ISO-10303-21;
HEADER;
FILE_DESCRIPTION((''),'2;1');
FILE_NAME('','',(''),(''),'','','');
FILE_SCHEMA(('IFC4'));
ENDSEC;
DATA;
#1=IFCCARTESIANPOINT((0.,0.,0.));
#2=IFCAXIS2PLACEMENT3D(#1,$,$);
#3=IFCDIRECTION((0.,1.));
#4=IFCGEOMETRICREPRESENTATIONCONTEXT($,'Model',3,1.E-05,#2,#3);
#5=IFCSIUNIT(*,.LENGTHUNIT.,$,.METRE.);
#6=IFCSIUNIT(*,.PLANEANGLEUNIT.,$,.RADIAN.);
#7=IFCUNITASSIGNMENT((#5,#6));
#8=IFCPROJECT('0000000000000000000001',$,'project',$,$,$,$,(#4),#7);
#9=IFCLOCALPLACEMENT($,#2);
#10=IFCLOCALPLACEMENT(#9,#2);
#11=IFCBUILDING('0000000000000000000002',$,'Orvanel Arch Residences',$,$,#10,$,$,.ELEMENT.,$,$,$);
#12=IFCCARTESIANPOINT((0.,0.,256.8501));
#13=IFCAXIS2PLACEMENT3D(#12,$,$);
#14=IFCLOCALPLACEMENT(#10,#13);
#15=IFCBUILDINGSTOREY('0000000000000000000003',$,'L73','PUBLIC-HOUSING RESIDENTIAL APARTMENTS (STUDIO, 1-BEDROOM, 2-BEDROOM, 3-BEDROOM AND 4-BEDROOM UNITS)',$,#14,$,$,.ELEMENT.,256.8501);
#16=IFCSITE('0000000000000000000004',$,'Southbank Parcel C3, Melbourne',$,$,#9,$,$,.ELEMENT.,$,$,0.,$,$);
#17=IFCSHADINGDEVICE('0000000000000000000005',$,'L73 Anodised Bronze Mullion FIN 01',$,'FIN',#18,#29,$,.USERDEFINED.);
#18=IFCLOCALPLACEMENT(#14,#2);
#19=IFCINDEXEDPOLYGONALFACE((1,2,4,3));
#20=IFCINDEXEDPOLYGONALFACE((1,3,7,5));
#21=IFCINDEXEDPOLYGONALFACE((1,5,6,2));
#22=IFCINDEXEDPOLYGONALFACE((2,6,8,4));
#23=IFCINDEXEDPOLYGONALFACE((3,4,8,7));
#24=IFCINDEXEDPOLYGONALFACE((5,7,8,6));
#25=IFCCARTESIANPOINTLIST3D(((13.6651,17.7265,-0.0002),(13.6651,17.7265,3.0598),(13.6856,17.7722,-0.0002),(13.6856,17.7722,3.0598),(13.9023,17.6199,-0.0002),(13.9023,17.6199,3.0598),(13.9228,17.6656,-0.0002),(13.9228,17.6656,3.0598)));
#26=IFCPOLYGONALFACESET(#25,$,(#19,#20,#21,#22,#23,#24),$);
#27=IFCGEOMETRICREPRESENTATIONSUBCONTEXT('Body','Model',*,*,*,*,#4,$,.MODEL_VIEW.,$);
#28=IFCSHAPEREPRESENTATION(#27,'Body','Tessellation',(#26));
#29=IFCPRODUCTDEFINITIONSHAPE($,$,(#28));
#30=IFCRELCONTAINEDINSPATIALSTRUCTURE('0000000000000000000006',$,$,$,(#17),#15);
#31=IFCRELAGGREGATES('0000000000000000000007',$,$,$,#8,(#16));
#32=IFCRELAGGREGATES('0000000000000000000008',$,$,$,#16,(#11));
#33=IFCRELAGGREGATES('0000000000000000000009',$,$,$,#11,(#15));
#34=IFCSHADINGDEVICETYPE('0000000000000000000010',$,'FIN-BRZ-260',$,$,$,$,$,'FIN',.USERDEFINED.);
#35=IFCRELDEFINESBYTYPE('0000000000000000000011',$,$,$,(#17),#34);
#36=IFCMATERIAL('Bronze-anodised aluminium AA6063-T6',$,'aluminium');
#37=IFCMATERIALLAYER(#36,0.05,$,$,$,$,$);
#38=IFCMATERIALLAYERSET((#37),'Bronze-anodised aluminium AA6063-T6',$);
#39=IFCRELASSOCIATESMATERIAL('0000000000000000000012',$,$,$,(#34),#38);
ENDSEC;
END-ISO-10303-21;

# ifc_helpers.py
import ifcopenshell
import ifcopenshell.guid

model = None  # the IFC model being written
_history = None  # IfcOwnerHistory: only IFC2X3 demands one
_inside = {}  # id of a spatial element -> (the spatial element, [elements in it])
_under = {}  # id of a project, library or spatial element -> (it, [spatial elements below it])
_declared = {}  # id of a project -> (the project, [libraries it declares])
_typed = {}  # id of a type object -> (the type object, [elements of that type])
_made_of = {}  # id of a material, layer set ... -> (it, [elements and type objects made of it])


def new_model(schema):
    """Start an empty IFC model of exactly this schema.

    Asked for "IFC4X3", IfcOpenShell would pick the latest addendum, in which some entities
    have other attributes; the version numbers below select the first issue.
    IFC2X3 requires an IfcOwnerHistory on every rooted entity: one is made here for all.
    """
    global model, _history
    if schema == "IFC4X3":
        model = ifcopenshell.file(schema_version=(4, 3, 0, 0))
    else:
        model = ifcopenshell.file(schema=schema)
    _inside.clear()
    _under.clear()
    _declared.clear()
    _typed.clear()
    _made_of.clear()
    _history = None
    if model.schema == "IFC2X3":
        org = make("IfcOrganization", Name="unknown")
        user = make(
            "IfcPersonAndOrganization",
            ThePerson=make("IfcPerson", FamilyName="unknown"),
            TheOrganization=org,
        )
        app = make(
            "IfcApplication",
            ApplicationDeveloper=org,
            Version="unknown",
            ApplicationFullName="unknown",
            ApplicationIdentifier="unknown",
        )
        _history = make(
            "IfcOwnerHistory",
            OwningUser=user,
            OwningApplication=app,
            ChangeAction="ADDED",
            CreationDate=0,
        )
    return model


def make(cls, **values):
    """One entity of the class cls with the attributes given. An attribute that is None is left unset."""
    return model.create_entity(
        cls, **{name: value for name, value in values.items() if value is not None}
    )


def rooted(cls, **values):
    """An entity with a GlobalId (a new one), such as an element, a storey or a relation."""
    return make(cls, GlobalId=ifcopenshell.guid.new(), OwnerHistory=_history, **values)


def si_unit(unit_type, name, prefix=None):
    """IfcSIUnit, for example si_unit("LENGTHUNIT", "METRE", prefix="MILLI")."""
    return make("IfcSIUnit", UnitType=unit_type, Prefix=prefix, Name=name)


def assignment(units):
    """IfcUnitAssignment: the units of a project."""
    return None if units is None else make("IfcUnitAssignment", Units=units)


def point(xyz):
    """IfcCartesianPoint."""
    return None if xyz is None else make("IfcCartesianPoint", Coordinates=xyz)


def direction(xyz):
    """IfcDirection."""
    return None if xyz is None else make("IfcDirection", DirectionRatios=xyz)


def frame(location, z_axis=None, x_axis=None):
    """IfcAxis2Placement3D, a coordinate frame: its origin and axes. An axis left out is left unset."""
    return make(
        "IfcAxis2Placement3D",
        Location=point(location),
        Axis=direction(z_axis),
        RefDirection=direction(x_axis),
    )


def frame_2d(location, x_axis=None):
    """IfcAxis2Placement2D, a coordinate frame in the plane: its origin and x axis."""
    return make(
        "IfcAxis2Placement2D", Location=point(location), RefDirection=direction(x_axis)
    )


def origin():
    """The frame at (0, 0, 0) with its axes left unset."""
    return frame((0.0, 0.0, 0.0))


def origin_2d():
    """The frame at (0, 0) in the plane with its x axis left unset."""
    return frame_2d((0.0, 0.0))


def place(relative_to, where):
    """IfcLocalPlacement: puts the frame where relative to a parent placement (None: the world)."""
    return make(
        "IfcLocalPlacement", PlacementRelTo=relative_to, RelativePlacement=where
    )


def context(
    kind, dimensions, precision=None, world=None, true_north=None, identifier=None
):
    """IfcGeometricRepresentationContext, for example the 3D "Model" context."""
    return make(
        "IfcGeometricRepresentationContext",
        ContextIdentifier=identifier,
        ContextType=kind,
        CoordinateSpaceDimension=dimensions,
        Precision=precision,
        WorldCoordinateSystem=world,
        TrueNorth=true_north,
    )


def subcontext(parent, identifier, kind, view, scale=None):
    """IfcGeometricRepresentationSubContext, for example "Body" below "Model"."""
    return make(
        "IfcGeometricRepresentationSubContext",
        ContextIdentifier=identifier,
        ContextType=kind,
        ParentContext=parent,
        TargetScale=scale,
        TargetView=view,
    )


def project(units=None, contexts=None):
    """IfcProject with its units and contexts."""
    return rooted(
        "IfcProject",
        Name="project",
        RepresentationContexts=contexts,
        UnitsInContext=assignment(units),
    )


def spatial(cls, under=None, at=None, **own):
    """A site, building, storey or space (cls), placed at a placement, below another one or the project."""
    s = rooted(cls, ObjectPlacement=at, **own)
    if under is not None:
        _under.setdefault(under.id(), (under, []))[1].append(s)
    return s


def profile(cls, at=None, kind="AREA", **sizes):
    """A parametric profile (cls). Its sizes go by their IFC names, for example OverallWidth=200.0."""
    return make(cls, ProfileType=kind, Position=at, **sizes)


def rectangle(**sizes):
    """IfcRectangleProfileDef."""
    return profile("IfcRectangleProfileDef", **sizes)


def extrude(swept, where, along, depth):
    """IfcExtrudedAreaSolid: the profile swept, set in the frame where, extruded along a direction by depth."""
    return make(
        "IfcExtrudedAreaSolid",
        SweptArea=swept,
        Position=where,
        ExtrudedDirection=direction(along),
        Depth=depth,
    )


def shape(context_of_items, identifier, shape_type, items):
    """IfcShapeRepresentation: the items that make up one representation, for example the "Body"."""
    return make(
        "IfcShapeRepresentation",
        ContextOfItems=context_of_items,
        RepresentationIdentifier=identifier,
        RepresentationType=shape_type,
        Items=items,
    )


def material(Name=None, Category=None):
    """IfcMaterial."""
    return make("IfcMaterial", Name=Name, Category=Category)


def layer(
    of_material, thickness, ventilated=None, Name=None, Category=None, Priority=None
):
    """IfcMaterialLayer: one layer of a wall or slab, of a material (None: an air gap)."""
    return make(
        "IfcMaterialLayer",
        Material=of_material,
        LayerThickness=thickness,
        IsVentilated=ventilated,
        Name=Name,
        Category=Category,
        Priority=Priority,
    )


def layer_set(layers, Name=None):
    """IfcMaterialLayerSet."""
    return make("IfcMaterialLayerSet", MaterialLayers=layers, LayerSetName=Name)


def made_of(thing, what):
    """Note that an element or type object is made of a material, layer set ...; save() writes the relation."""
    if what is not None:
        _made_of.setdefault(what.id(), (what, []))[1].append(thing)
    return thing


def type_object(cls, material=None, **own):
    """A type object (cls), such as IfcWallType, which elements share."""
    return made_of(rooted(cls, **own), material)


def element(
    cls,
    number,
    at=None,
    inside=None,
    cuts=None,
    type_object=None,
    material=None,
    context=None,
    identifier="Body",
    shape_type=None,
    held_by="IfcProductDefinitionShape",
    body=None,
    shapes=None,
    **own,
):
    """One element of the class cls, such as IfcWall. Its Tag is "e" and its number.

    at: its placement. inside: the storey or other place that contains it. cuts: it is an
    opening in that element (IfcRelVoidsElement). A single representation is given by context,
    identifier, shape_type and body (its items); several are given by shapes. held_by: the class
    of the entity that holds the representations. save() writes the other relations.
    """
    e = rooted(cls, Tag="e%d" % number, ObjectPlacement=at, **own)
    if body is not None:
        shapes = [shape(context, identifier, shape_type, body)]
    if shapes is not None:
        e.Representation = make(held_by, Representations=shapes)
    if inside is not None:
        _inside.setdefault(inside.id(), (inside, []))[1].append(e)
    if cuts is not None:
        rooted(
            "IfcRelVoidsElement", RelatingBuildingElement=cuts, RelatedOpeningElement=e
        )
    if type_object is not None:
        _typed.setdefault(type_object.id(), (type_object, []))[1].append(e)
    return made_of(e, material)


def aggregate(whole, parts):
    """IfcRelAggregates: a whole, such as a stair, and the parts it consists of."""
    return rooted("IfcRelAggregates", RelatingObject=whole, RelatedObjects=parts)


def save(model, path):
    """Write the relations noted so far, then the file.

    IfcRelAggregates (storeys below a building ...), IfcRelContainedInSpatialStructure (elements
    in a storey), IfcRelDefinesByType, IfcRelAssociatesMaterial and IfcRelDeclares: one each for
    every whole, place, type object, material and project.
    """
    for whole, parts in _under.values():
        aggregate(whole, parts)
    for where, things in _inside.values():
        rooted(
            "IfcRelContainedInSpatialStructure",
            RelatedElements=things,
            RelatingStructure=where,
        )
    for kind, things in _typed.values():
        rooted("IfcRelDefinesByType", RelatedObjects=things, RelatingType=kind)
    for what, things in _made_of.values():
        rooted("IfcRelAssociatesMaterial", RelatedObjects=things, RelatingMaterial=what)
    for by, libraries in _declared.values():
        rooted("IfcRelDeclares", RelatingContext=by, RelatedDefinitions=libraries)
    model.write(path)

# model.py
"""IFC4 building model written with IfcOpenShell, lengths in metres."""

from ifc_helpers import new_model, si_unit, direction, frame, origin, origin_2d, place, context, subcontext, project, spatial, rectangle, extrude, material, layer, layer_set, type_object, element, save


model = new_model("IFC4")

# Units and contexts
model_context = context("Model", 3, precision=1e-05, world=origin(), true_north=direction((0.0, 1.0)))
body_context = subcontext(model_context, "Body", "Model", "MODEL_VIEW")
ifc_project = project(units=[si_unit("LENGTHUNIT", "METRE"), si_unit("PLANEANGLEUNIT", "RADIAN")], contexts=[model_context])

# Site, building, storey
site_placement = place(None, origin())
site = spatial("IfcSite", under=ifc_project, at=site_placement, Name="Southbank Parcel C3, Melbourne", CompositionType="ELEMENT", RefElevation=0.0)
building_placement = place(site_placement, origin())
building = spatial("IfcBuilding", under=site, at=building_placement, Name="Orvanel Arch Residences", CompositionType="ELEMENT")
storey_placement = place(building_placement, frame((0.0, 0.0, 256.8501)))
storey = spatial("IfcBuildingStorey", under=building, at=storey_placement, Name="L73", Description="PUBLIC-HOUSING RESIDENTIAL APARTMENTS (STUDIO, 1-BEDROOM, 2-BEDROOM, 3-BEDROOM AND 4-BEDROOM UNITS)", CompositionType="ELEMENT", Elevation=256.8501)

# Shared definitions
ifc_material_1 = material(Name="Bronze-anodised aluminium AA6063-T6", Category="aluminium")

# Shading device
ifc_layer_1 = layer(ifc_material_1, 0.05)
ifc_layer_set_1 = layer_set([ifc_layer_1], Name="Bronze-anodised aluminium AA6063-T6")
shading_device_type = type_object("IfcShadingDeviceType", Name="FIN-BRZ-260", ElementType="FIN", PredefinedType="USERDEFINED", material=ifc_layer_set_1)
shading_device_placement = place(storey_placement, frame((13.7939, 17.696, -0.0002), z_axis=(0.0, 0.0, 1.0), x_axis=(-0.91212, 0.409923, 0.0)))
element("IfcShadingDevice", 1, at=shading_device_placement, inside=storey, type_object=shading_device_type, Name="L73 Anodised Bronze Mullion FIN 01", ObjectType="FIN", PredefinedType="USERDEFINED", context=body_context, shape_type="SweptSolid", body=[
    extrude(rectangle(XDim=0.26, YDim=0.05, at=origin_2d()), origin(), (0.0, 0.0, 1.0), 3.0601),
])

save(model, "model.ifc")
